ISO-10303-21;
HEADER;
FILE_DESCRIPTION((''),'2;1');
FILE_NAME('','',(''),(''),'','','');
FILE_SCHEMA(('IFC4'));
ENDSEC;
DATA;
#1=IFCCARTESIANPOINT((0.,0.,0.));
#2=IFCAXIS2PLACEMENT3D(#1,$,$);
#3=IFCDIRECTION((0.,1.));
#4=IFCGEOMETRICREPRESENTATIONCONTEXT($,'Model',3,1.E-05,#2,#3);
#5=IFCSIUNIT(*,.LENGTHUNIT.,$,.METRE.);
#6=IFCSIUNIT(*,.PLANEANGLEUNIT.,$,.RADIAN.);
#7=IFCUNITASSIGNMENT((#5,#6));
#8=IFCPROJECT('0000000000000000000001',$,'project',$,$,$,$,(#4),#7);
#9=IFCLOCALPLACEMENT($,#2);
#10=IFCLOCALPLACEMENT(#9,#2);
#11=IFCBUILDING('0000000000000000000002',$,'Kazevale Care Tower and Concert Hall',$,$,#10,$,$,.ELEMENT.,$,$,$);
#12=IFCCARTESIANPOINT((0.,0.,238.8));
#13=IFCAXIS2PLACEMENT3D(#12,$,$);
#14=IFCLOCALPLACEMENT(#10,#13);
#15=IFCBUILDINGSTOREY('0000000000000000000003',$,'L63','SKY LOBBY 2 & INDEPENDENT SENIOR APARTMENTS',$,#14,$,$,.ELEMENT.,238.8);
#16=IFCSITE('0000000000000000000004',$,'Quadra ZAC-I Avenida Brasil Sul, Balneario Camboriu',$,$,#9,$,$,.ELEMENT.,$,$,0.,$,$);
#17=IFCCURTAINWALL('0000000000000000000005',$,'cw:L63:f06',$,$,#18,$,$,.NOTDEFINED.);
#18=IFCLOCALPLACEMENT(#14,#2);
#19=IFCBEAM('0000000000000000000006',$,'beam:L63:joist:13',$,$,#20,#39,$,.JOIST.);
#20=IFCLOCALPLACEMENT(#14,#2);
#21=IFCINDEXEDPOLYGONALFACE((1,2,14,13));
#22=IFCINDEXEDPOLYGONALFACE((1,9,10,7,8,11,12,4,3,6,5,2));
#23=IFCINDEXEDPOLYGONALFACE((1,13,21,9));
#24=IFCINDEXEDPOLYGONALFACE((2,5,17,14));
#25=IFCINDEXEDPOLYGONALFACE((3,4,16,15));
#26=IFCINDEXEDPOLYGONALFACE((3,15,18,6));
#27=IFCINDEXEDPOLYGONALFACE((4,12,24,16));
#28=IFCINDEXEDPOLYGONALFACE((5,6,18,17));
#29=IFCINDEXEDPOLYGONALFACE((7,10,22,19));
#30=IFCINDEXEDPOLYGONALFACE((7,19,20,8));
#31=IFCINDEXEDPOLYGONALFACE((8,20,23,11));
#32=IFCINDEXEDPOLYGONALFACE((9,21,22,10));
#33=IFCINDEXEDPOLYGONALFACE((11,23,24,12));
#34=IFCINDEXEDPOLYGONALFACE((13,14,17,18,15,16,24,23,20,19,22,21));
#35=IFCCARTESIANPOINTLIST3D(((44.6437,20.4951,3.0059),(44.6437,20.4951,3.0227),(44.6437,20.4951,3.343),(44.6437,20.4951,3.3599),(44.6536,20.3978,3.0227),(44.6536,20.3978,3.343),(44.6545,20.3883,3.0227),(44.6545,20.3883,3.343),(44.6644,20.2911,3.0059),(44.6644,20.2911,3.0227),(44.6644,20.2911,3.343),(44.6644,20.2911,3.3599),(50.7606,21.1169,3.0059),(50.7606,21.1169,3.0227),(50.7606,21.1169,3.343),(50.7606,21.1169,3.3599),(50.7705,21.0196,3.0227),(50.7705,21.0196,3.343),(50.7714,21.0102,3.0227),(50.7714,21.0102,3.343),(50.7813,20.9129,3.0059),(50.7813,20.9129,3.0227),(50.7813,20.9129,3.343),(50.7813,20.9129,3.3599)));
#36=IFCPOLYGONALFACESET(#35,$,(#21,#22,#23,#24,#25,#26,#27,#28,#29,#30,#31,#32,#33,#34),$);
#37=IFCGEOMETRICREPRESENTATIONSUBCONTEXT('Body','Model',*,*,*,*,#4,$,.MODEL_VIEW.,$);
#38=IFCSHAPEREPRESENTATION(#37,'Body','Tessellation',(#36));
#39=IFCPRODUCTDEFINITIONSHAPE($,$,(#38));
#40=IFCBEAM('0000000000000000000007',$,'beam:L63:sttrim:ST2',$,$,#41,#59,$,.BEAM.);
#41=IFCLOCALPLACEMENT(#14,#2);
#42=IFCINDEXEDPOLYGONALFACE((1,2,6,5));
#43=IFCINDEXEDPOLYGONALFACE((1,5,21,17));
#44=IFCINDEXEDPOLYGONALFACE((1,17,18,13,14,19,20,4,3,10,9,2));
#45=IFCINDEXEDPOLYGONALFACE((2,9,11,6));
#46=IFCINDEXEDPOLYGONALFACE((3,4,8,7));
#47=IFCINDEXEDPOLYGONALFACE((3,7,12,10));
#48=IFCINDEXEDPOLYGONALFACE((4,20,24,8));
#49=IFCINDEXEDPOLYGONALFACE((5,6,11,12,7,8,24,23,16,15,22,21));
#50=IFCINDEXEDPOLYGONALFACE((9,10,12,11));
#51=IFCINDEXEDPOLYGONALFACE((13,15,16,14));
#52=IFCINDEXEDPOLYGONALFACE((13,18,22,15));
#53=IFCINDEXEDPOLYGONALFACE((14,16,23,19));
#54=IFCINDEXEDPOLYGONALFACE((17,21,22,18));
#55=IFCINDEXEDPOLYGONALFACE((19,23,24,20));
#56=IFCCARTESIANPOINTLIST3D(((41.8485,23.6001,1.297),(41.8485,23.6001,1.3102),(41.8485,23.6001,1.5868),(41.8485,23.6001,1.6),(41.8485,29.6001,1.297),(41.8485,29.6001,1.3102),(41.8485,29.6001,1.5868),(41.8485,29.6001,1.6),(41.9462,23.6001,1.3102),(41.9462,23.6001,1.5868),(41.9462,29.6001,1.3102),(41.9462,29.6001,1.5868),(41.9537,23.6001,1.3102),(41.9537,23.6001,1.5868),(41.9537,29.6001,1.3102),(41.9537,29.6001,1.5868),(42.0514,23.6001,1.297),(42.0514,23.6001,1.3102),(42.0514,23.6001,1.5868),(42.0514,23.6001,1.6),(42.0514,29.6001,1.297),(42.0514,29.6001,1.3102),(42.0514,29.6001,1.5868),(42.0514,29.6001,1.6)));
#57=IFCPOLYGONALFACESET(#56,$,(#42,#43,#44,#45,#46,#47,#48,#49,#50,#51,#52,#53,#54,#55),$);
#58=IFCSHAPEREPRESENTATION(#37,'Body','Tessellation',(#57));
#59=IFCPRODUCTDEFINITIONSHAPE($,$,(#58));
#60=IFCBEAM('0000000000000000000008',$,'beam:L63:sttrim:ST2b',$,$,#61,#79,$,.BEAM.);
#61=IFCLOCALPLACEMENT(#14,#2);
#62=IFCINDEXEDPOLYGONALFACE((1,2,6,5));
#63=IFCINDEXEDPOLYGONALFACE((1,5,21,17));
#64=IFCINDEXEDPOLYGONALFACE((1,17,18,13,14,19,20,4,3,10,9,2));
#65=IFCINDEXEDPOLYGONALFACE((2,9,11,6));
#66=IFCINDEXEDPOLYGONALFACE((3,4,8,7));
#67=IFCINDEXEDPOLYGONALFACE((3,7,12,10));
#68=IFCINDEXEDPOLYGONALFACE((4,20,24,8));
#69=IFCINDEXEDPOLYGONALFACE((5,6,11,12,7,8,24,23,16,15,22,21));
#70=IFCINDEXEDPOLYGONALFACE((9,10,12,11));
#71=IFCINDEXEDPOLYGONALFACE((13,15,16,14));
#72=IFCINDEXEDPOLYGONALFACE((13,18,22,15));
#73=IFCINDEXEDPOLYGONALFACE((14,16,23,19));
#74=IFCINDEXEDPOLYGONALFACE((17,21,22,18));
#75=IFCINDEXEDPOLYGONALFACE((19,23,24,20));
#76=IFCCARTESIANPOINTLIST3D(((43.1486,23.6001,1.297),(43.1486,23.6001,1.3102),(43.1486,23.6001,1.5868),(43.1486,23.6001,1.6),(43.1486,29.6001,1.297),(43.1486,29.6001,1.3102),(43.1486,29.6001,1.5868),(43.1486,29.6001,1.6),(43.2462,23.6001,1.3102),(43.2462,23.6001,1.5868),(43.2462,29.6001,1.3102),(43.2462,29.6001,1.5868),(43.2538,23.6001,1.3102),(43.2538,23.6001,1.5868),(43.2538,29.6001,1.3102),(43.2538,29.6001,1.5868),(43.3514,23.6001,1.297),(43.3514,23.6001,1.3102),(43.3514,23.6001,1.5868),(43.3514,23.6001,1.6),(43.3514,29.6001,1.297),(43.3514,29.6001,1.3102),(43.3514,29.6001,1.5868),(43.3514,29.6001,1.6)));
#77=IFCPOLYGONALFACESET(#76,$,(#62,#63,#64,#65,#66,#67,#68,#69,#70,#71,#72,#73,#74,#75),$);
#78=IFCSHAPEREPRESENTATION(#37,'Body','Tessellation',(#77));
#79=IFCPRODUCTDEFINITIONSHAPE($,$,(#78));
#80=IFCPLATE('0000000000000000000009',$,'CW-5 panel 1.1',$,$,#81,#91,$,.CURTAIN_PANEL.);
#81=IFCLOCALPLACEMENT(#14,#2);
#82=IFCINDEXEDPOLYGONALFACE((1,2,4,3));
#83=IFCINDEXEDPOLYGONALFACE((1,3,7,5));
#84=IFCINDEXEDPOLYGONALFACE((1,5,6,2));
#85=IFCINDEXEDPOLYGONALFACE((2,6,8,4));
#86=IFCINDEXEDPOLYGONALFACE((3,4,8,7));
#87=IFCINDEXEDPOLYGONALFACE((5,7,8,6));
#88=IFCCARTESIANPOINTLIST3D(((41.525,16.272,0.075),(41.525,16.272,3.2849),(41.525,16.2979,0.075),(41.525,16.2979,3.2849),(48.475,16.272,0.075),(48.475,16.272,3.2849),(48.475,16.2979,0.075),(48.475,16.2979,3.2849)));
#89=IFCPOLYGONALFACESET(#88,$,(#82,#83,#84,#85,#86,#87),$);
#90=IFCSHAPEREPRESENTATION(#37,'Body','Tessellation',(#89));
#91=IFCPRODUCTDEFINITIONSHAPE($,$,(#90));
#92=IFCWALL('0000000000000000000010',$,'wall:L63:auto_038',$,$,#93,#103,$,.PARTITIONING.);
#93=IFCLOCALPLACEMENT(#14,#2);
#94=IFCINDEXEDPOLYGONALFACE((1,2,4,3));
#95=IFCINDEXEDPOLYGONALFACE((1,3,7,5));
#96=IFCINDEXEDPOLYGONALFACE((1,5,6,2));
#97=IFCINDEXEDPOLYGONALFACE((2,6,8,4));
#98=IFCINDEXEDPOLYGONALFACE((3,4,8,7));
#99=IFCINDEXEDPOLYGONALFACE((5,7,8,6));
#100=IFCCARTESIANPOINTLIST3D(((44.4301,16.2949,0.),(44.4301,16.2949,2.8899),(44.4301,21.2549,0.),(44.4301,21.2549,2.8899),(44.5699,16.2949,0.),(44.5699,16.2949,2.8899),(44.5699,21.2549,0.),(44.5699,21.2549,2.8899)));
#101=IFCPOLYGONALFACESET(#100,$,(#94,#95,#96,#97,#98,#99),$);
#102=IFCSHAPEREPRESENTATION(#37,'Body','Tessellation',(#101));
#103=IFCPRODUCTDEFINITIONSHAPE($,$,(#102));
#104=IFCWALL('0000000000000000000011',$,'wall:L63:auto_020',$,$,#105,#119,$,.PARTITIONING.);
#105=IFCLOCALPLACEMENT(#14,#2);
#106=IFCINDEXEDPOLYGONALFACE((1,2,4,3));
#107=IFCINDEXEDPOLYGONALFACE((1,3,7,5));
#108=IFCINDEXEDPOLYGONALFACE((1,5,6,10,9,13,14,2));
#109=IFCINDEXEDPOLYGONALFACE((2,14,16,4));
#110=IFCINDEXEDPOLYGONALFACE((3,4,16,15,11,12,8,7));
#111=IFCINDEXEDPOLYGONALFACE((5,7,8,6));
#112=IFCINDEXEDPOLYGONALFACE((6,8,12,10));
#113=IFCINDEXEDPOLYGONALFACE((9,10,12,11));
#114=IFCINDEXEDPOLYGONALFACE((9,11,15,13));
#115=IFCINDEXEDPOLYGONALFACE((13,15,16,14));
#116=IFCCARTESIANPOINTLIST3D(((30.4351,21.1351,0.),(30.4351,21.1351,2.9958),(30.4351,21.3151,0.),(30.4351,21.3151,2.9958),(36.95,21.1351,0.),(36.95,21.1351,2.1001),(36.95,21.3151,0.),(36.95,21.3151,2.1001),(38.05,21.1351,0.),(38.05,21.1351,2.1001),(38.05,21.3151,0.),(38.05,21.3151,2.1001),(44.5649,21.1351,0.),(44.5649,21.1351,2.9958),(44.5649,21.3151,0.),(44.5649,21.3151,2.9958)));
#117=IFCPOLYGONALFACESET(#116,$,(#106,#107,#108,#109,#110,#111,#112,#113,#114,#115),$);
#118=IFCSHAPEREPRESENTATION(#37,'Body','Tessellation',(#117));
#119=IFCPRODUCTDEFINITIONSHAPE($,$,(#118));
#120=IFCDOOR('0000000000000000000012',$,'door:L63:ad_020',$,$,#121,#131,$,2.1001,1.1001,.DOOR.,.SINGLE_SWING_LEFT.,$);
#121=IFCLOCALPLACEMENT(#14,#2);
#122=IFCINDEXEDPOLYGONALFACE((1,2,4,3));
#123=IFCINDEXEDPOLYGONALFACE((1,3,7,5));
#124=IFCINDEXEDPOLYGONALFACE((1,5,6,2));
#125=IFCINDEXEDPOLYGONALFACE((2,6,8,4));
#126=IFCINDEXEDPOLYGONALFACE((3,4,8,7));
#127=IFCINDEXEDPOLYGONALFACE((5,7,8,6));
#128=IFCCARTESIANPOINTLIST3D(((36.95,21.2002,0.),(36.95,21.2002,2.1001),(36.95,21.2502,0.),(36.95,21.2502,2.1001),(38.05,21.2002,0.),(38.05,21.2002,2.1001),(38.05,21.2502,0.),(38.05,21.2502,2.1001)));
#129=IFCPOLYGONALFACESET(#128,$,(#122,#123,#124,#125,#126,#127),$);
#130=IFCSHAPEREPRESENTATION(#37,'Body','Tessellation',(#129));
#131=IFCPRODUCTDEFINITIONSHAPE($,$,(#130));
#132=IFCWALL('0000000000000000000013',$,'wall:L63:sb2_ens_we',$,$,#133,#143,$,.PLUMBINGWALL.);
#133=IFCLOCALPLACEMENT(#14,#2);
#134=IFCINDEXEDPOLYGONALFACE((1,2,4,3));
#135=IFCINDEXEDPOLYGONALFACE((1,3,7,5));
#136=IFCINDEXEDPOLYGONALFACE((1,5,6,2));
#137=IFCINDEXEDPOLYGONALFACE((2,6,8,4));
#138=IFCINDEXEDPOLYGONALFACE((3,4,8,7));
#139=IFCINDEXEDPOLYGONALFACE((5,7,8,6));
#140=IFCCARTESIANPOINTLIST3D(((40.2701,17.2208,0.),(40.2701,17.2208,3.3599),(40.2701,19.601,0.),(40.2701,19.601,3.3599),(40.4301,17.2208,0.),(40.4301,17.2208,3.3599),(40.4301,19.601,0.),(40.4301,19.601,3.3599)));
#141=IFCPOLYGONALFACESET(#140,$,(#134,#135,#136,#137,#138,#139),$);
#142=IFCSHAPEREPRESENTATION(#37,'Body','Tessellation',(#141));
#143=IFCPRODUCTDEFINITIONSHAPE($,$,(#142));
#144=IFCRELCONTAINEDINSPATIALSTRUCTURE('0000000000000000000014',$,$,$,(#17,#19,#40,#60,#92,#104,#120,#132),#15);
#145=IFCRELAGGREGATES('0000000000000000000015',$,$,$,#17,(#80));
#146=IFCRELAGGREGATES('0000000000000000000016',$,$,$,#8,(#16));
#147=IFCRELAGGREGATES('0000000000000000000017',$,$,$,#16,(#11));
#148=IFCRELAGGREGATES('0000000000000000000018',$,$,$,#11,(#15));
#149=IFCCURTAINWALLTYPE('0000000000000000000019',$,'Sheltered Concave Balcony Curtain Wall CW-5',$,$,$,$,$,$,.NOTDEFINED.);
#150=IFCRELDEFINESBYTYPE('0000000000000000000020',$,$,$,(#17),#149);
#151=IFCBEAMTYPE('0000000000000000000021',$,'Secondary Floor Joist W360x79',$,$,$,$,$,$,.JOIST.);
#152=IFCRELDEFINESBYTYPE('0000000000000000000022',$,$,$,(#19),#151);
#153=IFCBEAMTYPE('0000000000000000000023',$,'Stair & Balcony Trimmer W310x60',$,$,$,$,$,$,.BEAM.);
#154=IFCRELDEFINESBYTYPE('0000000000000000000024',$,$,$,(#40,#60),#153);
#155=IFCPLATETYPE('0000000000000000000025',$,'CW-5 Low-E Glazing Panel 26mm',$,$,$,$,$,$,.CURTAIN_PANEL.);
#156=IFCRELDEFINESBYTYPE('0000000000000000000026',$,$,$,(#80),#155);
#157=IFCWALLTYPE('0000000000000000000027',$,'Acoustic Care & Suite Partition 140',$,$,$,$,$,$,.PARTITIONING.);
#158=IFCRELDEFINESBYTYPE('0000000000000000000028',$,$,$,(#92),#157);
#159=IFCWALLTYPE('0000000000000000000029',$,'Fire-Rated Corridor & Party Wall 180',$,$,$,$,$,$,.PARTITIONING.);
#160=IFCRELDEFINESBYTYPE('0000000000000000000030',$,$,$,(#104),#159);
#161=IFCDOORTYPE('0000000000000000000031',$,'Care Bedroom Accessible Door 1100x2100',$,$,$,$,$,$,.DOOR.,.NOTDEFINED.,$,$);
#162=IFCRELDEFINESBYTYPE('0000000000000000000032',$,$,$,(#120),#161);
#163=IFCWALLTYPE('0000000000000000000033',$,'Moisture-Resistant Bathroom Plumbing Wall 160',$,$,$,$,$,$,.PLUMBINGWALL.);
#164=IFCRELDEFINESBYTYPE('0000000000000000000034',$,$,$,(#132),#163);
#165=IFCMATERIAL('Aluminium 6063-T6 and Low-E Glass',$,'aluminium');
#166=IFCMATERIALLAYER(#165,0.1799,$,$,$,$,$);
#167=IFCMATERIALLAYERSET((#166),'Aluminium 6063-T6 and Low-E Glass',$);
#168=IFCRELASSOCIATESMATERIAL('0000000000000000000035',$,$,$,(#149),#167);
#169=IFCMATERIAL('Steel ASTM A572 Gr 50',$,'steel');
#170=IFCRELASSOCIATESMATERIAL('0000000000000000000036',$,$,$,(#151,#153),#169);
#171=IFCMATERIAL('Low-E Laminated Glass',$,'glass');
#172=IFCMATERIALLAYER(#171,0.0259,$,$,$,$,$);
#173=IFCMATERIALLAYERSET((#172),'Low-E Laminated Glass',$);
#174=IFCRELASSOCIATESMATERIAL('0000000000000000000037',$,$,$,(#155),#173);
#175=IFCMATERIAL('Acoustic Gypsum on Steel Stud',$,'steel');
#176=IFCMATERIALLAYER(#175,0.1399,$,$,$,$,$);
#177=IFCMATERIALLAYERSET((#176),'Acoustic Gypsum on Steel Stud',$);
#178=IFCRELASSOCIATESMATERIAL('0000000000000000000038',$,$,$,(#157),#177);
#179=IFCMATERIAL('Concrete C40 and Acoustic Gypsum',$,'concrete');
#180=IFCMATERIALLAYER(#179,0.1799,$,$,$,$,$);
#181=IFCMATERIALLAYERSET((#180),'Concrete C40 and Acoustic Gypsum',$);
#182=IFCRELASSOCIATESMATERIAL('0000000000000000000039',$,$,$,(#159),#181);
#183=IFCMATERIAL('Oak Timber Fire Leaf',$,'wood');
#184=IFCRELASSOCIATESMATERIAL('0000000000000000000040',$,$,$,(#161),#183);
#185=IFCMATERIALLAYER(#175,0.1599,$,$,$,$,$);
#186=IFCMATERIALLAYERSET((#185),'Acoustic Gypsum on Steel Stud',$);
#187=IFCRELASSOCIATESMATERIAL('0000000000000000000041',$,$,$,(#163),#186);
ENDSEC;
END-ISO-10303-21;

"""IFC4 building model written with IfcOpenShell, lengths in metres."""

from ifc_helpers import new_model, si_unit, direction, frame, frame_2d, origin, origin_2d, place, context, subcontext, project, spatial, rectangle, i_section, extrude, material, layer, layer_set, material_profile, profile_set, type_object, element, fill, aggregate, save


model = new_model("IFC4")

# Units and contexts
model_context = context("Model", 3, precision=1e-05, world=origin(), true_north=direction((0.0, 1.0)))
body_context = subcontext(model_context, "Body", "Model", "MODEL_VIEW")
ifc_project = project(units=[si_unit("LENGTHUNIT", "METRE"), si_unit("PLANEANGLEUNIT", "RADIAN")], contexts=[model_context])

# Site, building, storey
site_placement = place(None, origin())
site = spatial("IfcSite", under=ifc_project, at=site_placement, Name="Quadra ZAC-I Avenida Brasil Sul, Balneario Camboriu", CompositionType="ELEMENT", RefElevation=0.0)
building_placement = place(site_placement, origin())
building = spatial("IfcBuilding", under=site, at=building_placement, Name="Kazevale Care Tower and Concert Hall", CompositionType="ELEMENT")
storey_placement = place(building_placement, frame((0.0, 0.0, 238.8)))
storey = spatial("IfcBuildingStorey", under=building, at=storey_placement, Name="L63", Description="SKY LOBBY 2 & INDEPENDENT SENIOR APARTMENTS", CompositionType="ELEMENT", Elevation=238.8)

# Curtain wall
ifc_material_1 = material(Name="Aluminium 6063-T6 and Low-E Glass", Category="aluminium")
ifc_layer_1 = layer(ifc_material_1, 0.1799)
ifc_layer_set_1 = layer_set([ifc_layer_1], Name="Aluminium 6063-T6 and Low-E Glass")
curtain_wall_type = type_object("IfcCurtainWallType", Name="Sheltered Concave Balcony Curtain Wall CW-5", PredefinedType="NOTDEFINED", material=ifc_layer_set_1)
curtain_wall_1_placement = place(storey_placement, origin())
curtain_wall_1 = element("IfcCurtainWall", 1, at=curtain_wall_1_placement, inside=storey, type_object=curtain_wall_type, Name="cw:L63:f06", PredefinedType="NOTDEFINED")

# Beams
ifc_material_2 = material(Name="Steel ASTM A572 Gr 50", Category="steel")
ifc_material_profile_1 = material_profile(ifc_material_2, i_section(OverallWidth=0.2051, OverallDepth=0.354, WebThickness=0.0095, FlangeThickness=0.0168, at=origin_2d()), Name="W360x79")
ifc_profile_set_1 = profile_set([ifc_material_profile_1], Name="Steel ASTM A572 Gr 50")
beam_type_1 = type_object("IfcBeamType", Name="Secondary Floor Joist W360x79", PredefinedType="JOIST", material=ifc_profile_set_1)
beam_1_placement = place(storey_placement, frame((44.6541, 20.3931, 3.1829), z_axis=(0.994873, 0.101135, 0.0), x_axis=(-0.101135, 0.994873, 0.0)))
element("IfcBeam", 2, at=beam_1_placement, inside=storey, type_object=beam_type_1, Name="beam:L63:joist:13", PredefinedType="JOIST", context=body_context, shape_type="SweptSolid", body=[
    extrude(i_section(OverallWidth=0.2051, OverallDepth=0.354, WebThickness=0.0095, FlangeThickness=0.0168, at=origin_2d()), origin(), (0.0, 0.0, 1.0), 6.1484),
])
ifc_material_profile_2 = material_profile(ifc_material_2, i_section(OverallWidth=0.2029, OverallDepth=0.303, WebThickness=0.0076, FlangeThickness=0.0132, at=origin_2d()), Name="W310x60")
ifc_profile_set_2 = profile_set([ifc_material_profile_2], Name="Steel ASTM A572 Gr 50")
beam_type_2 = type_object("IfcBeamType", Name="Stair & Balcony Trimmer W310x60", PredefinedType="BEAM", material=ifc_profile_set_2)
for number, where, z_axis, x_axis, name in (
    (3, (41.95, 23.6001, 1.4485), (0.0, 1.0, 0.0), (-1.0, 0.0, 0.0), "beam:L63:sttrim:ST2"),
    (4, (43.25, 23.6001, 1.4485), (0.0, 1.0, 0.0), (-1.0, 0.0, 0.0), "beam:L63:sttrim:ST2b"),
):
    element("IfcBeam", number, at=place(storey_placement, frame(where, z_axis=z_axis, x_axis=x_axis)), inside=storey, type_object=beam_type_2, Name=name, PredefinedType="BEAM", context=body_context, shape_type="SweptSolid", body=[
        extrude(i_section(OverallWidth=0.2029, OverallDepth=0.303, WebThickness=0.0076, FlangeThickness=0.0132, at=origin_2d()), origin(), (0.0, 0.0, 1.0), 6.0),
    ])

# Plate
ifc_material_3 = material(Name="Low-E Laminated Glass", Category="glass")
ifc_layer_2 = layer(ifc_material_3, 0.0259)
ifc_layer_set_2 = layer_set([ifc_layer_2], Name="Low-E Laminated Glass")
plate_type = type_object("IfcPlateType", Name="CW-5 Low-E Glazing Panel 26mm", PredefinedType="CURTAIN_PANEL", material=ifc_layer_set_2)
plate_placement = place(storey_placement, frame((45.0, 16.2849, 0.075), z_axis=(0.0, 0.0, 1.0), x_axis=(-1.0, 0.0, 0.0)))
plate = element("IfcPlate", 5, at=plate_placement, type_object=plate_type, Name="CW-5 panel 1.1", PredefinedType="CURTAIN_PANEL", context=body_context, shape_type="SweptSolid", body=[
    extrude(rectangle(XDim=6.95, YDim=0.0259, at=origin_2d()), origin(), (0.0, 0.0, 1.0), 3.21),
])
aggregate(curtain_wall_1, [plate])

# Wall
ifc_material_4 = material(Name="Acoustic Gypsum on Steel Stud", Category="steel")
ifc_layer_3 = layer(ifc_material_4, 0.1399)
ifc_layer_set_3 = layer_set([ifc_layer_3], Name="Acoustic Gypsum on Steel Stud")
wall_type_1 = type_object("IfcWallType", Name="Acoustic Care & Suite Partition 140", PredefinedType="PARTITIONING", material=ifc_layer_set_3)
wall_1_placement = place(storey_placement, frame((44.5, 21.2549, 0.0), z_axis=(0.0, 0.0, 1.0), x_axis=(0.0, -1.0, 0.0)))
element("IfcWall", 6, at=wall_1_placement, inside=storey, type_object=wall_type_1, Name="wall:L63:auto_038", PredefinedType="PARTITIONING", context=body_context, shape_type="SweptSolid", body=[
    extrude(rectangle(XDim=4.96, YDim=0.1399, at=frame_2d((2.48, 0.0))), origin(), (0.0, 0.0, 1.0), 2.8899),
])

# Wall, opening, door
ifc_material_5 = material(Name="Oak Timber Fire Leaf", Category="wood")
ifc_material_6 = material(Name="Concrete C40 and Acoustic Gypsum", Category="concrete")
ifc_layer_4 = layer(ifc_material_6, 0.1799)
ifc_layer_set_4 = layer_set([ifc_layer_4], Name="Concrete C40 and Acoustic Gypsum")
wall_type_2 = type_object("IfcWallType", Name="Fire-Rated Corridor & Party Wall 180", PredefinedType="PARTITIONING", material=ifc_layer_set_4)
wall_2_placement = place(storey_placement, frame((44.5649, 21.2251, 0.0), z_axis=(0.0, 0.0, 1.0), x_axis=(-1.0, 0.0, 0.0)))
wall_2 = element("IfcWall", 7, at=wall_2_placement, inside=storey, type_object=wall_type_2, Name="wall:L63:auto_020", PredefinedType="PARTITIONING", context=body_context, shape_type="SweptSolid", body=[
    extrude(rectangle(XDim=14.1299, YDim=0.1799, at=frame_2d((7.0649, 0.0))), origin(), (0.0, 0.0, 1.0), 2.9958),
])
opening_1_placement = place(wall_2_placement, frame((6.5149, 0.0, 0.0)))
opening_1 = element("IfcOpeningElement", 8, at=opening_1_placement, cuts=wall_2, PredefinedType="OPENING", context=body_context, shape_type="SweptSolid", body=[
    extrude(rectangle(XDim=1.1001, YDim=2.1001, at=frame_2d((0.55, 1.05))), frame((0.0, 0.0999, 0.0), z_axis=(0.0, -1.0, 0.0), x_axis=(1.0, 0.0, 0.0)), (0.0, 0.0, 1.0), 0.2),
])
door_type_1 = type_object("IfcDoorType", Name="Care Bedroom Accessible Door 1100x2100", OperationType="NOTDEFINED", PredefinedType="DOOR", material=ifc_material_5)
door_1_placement = place(opening_1_placement, origin())
door_1 = element("IfcDoor", 9, at=door_1_placement, inside=storey, type_object=door_type_1, Name="door:L63:ad_020", OperationType="SINGLE_SWING_LEFT", OverallHeight=2.1001, OverallWidth=1.1001, PredefinedType="DOOR", context=body_context, shape_type="SweptSolid", body=[
    extrude(rectangle(XDim=1.1001, YDim=2.1001, at=frame_2d((0.55, 1.05))), frame((0.0, 0.0249, 0.0), z_axis=(0.0, -1.0, 0.0), x_axis=(1.0, 0.0, 0.0)), (0.0, 0.0, 1.0), 0.05),
])
fill(opening_1, door_1)

# Wall
ifc_layer_5 = layer(ifc_material_4, 0.1599)
ifc_layer_set_5 = layer_set([ifc_layer_5], Name="Acoustic Gypsum on Steel Stud")
wall_type_3 = type_object("IfcWallType", Name="Moisture-Resistant Bathroom Plumbing Wall 160", PredefinedType="PLUMBINGWALL", material=ifc_layer_set_5)
wall_3_placement = place(storey_placement, frame((40.3501, 17.2209, 0.0), z_axis=(0.0, 0.0, 1.0), x_axis=(0.0, 1.0, 0.0)))
element("IfcWall", 10, at=wall_3_placement, inside=storey, type_object=wall_type_3, Name="wall:L63:sb2_ens_we", PredefinedType="PLUMBINGWALL", context=body_context, shape_type="SweptSolid", body=[
    extrude(rectangle(XDim=2.3801, YDim=0.1599, at=frame_2d((1.1899, 0.0))), origin(), (0.0, 0.0, 1.0), 3.3599),
])

save(model, "model.ifc")
